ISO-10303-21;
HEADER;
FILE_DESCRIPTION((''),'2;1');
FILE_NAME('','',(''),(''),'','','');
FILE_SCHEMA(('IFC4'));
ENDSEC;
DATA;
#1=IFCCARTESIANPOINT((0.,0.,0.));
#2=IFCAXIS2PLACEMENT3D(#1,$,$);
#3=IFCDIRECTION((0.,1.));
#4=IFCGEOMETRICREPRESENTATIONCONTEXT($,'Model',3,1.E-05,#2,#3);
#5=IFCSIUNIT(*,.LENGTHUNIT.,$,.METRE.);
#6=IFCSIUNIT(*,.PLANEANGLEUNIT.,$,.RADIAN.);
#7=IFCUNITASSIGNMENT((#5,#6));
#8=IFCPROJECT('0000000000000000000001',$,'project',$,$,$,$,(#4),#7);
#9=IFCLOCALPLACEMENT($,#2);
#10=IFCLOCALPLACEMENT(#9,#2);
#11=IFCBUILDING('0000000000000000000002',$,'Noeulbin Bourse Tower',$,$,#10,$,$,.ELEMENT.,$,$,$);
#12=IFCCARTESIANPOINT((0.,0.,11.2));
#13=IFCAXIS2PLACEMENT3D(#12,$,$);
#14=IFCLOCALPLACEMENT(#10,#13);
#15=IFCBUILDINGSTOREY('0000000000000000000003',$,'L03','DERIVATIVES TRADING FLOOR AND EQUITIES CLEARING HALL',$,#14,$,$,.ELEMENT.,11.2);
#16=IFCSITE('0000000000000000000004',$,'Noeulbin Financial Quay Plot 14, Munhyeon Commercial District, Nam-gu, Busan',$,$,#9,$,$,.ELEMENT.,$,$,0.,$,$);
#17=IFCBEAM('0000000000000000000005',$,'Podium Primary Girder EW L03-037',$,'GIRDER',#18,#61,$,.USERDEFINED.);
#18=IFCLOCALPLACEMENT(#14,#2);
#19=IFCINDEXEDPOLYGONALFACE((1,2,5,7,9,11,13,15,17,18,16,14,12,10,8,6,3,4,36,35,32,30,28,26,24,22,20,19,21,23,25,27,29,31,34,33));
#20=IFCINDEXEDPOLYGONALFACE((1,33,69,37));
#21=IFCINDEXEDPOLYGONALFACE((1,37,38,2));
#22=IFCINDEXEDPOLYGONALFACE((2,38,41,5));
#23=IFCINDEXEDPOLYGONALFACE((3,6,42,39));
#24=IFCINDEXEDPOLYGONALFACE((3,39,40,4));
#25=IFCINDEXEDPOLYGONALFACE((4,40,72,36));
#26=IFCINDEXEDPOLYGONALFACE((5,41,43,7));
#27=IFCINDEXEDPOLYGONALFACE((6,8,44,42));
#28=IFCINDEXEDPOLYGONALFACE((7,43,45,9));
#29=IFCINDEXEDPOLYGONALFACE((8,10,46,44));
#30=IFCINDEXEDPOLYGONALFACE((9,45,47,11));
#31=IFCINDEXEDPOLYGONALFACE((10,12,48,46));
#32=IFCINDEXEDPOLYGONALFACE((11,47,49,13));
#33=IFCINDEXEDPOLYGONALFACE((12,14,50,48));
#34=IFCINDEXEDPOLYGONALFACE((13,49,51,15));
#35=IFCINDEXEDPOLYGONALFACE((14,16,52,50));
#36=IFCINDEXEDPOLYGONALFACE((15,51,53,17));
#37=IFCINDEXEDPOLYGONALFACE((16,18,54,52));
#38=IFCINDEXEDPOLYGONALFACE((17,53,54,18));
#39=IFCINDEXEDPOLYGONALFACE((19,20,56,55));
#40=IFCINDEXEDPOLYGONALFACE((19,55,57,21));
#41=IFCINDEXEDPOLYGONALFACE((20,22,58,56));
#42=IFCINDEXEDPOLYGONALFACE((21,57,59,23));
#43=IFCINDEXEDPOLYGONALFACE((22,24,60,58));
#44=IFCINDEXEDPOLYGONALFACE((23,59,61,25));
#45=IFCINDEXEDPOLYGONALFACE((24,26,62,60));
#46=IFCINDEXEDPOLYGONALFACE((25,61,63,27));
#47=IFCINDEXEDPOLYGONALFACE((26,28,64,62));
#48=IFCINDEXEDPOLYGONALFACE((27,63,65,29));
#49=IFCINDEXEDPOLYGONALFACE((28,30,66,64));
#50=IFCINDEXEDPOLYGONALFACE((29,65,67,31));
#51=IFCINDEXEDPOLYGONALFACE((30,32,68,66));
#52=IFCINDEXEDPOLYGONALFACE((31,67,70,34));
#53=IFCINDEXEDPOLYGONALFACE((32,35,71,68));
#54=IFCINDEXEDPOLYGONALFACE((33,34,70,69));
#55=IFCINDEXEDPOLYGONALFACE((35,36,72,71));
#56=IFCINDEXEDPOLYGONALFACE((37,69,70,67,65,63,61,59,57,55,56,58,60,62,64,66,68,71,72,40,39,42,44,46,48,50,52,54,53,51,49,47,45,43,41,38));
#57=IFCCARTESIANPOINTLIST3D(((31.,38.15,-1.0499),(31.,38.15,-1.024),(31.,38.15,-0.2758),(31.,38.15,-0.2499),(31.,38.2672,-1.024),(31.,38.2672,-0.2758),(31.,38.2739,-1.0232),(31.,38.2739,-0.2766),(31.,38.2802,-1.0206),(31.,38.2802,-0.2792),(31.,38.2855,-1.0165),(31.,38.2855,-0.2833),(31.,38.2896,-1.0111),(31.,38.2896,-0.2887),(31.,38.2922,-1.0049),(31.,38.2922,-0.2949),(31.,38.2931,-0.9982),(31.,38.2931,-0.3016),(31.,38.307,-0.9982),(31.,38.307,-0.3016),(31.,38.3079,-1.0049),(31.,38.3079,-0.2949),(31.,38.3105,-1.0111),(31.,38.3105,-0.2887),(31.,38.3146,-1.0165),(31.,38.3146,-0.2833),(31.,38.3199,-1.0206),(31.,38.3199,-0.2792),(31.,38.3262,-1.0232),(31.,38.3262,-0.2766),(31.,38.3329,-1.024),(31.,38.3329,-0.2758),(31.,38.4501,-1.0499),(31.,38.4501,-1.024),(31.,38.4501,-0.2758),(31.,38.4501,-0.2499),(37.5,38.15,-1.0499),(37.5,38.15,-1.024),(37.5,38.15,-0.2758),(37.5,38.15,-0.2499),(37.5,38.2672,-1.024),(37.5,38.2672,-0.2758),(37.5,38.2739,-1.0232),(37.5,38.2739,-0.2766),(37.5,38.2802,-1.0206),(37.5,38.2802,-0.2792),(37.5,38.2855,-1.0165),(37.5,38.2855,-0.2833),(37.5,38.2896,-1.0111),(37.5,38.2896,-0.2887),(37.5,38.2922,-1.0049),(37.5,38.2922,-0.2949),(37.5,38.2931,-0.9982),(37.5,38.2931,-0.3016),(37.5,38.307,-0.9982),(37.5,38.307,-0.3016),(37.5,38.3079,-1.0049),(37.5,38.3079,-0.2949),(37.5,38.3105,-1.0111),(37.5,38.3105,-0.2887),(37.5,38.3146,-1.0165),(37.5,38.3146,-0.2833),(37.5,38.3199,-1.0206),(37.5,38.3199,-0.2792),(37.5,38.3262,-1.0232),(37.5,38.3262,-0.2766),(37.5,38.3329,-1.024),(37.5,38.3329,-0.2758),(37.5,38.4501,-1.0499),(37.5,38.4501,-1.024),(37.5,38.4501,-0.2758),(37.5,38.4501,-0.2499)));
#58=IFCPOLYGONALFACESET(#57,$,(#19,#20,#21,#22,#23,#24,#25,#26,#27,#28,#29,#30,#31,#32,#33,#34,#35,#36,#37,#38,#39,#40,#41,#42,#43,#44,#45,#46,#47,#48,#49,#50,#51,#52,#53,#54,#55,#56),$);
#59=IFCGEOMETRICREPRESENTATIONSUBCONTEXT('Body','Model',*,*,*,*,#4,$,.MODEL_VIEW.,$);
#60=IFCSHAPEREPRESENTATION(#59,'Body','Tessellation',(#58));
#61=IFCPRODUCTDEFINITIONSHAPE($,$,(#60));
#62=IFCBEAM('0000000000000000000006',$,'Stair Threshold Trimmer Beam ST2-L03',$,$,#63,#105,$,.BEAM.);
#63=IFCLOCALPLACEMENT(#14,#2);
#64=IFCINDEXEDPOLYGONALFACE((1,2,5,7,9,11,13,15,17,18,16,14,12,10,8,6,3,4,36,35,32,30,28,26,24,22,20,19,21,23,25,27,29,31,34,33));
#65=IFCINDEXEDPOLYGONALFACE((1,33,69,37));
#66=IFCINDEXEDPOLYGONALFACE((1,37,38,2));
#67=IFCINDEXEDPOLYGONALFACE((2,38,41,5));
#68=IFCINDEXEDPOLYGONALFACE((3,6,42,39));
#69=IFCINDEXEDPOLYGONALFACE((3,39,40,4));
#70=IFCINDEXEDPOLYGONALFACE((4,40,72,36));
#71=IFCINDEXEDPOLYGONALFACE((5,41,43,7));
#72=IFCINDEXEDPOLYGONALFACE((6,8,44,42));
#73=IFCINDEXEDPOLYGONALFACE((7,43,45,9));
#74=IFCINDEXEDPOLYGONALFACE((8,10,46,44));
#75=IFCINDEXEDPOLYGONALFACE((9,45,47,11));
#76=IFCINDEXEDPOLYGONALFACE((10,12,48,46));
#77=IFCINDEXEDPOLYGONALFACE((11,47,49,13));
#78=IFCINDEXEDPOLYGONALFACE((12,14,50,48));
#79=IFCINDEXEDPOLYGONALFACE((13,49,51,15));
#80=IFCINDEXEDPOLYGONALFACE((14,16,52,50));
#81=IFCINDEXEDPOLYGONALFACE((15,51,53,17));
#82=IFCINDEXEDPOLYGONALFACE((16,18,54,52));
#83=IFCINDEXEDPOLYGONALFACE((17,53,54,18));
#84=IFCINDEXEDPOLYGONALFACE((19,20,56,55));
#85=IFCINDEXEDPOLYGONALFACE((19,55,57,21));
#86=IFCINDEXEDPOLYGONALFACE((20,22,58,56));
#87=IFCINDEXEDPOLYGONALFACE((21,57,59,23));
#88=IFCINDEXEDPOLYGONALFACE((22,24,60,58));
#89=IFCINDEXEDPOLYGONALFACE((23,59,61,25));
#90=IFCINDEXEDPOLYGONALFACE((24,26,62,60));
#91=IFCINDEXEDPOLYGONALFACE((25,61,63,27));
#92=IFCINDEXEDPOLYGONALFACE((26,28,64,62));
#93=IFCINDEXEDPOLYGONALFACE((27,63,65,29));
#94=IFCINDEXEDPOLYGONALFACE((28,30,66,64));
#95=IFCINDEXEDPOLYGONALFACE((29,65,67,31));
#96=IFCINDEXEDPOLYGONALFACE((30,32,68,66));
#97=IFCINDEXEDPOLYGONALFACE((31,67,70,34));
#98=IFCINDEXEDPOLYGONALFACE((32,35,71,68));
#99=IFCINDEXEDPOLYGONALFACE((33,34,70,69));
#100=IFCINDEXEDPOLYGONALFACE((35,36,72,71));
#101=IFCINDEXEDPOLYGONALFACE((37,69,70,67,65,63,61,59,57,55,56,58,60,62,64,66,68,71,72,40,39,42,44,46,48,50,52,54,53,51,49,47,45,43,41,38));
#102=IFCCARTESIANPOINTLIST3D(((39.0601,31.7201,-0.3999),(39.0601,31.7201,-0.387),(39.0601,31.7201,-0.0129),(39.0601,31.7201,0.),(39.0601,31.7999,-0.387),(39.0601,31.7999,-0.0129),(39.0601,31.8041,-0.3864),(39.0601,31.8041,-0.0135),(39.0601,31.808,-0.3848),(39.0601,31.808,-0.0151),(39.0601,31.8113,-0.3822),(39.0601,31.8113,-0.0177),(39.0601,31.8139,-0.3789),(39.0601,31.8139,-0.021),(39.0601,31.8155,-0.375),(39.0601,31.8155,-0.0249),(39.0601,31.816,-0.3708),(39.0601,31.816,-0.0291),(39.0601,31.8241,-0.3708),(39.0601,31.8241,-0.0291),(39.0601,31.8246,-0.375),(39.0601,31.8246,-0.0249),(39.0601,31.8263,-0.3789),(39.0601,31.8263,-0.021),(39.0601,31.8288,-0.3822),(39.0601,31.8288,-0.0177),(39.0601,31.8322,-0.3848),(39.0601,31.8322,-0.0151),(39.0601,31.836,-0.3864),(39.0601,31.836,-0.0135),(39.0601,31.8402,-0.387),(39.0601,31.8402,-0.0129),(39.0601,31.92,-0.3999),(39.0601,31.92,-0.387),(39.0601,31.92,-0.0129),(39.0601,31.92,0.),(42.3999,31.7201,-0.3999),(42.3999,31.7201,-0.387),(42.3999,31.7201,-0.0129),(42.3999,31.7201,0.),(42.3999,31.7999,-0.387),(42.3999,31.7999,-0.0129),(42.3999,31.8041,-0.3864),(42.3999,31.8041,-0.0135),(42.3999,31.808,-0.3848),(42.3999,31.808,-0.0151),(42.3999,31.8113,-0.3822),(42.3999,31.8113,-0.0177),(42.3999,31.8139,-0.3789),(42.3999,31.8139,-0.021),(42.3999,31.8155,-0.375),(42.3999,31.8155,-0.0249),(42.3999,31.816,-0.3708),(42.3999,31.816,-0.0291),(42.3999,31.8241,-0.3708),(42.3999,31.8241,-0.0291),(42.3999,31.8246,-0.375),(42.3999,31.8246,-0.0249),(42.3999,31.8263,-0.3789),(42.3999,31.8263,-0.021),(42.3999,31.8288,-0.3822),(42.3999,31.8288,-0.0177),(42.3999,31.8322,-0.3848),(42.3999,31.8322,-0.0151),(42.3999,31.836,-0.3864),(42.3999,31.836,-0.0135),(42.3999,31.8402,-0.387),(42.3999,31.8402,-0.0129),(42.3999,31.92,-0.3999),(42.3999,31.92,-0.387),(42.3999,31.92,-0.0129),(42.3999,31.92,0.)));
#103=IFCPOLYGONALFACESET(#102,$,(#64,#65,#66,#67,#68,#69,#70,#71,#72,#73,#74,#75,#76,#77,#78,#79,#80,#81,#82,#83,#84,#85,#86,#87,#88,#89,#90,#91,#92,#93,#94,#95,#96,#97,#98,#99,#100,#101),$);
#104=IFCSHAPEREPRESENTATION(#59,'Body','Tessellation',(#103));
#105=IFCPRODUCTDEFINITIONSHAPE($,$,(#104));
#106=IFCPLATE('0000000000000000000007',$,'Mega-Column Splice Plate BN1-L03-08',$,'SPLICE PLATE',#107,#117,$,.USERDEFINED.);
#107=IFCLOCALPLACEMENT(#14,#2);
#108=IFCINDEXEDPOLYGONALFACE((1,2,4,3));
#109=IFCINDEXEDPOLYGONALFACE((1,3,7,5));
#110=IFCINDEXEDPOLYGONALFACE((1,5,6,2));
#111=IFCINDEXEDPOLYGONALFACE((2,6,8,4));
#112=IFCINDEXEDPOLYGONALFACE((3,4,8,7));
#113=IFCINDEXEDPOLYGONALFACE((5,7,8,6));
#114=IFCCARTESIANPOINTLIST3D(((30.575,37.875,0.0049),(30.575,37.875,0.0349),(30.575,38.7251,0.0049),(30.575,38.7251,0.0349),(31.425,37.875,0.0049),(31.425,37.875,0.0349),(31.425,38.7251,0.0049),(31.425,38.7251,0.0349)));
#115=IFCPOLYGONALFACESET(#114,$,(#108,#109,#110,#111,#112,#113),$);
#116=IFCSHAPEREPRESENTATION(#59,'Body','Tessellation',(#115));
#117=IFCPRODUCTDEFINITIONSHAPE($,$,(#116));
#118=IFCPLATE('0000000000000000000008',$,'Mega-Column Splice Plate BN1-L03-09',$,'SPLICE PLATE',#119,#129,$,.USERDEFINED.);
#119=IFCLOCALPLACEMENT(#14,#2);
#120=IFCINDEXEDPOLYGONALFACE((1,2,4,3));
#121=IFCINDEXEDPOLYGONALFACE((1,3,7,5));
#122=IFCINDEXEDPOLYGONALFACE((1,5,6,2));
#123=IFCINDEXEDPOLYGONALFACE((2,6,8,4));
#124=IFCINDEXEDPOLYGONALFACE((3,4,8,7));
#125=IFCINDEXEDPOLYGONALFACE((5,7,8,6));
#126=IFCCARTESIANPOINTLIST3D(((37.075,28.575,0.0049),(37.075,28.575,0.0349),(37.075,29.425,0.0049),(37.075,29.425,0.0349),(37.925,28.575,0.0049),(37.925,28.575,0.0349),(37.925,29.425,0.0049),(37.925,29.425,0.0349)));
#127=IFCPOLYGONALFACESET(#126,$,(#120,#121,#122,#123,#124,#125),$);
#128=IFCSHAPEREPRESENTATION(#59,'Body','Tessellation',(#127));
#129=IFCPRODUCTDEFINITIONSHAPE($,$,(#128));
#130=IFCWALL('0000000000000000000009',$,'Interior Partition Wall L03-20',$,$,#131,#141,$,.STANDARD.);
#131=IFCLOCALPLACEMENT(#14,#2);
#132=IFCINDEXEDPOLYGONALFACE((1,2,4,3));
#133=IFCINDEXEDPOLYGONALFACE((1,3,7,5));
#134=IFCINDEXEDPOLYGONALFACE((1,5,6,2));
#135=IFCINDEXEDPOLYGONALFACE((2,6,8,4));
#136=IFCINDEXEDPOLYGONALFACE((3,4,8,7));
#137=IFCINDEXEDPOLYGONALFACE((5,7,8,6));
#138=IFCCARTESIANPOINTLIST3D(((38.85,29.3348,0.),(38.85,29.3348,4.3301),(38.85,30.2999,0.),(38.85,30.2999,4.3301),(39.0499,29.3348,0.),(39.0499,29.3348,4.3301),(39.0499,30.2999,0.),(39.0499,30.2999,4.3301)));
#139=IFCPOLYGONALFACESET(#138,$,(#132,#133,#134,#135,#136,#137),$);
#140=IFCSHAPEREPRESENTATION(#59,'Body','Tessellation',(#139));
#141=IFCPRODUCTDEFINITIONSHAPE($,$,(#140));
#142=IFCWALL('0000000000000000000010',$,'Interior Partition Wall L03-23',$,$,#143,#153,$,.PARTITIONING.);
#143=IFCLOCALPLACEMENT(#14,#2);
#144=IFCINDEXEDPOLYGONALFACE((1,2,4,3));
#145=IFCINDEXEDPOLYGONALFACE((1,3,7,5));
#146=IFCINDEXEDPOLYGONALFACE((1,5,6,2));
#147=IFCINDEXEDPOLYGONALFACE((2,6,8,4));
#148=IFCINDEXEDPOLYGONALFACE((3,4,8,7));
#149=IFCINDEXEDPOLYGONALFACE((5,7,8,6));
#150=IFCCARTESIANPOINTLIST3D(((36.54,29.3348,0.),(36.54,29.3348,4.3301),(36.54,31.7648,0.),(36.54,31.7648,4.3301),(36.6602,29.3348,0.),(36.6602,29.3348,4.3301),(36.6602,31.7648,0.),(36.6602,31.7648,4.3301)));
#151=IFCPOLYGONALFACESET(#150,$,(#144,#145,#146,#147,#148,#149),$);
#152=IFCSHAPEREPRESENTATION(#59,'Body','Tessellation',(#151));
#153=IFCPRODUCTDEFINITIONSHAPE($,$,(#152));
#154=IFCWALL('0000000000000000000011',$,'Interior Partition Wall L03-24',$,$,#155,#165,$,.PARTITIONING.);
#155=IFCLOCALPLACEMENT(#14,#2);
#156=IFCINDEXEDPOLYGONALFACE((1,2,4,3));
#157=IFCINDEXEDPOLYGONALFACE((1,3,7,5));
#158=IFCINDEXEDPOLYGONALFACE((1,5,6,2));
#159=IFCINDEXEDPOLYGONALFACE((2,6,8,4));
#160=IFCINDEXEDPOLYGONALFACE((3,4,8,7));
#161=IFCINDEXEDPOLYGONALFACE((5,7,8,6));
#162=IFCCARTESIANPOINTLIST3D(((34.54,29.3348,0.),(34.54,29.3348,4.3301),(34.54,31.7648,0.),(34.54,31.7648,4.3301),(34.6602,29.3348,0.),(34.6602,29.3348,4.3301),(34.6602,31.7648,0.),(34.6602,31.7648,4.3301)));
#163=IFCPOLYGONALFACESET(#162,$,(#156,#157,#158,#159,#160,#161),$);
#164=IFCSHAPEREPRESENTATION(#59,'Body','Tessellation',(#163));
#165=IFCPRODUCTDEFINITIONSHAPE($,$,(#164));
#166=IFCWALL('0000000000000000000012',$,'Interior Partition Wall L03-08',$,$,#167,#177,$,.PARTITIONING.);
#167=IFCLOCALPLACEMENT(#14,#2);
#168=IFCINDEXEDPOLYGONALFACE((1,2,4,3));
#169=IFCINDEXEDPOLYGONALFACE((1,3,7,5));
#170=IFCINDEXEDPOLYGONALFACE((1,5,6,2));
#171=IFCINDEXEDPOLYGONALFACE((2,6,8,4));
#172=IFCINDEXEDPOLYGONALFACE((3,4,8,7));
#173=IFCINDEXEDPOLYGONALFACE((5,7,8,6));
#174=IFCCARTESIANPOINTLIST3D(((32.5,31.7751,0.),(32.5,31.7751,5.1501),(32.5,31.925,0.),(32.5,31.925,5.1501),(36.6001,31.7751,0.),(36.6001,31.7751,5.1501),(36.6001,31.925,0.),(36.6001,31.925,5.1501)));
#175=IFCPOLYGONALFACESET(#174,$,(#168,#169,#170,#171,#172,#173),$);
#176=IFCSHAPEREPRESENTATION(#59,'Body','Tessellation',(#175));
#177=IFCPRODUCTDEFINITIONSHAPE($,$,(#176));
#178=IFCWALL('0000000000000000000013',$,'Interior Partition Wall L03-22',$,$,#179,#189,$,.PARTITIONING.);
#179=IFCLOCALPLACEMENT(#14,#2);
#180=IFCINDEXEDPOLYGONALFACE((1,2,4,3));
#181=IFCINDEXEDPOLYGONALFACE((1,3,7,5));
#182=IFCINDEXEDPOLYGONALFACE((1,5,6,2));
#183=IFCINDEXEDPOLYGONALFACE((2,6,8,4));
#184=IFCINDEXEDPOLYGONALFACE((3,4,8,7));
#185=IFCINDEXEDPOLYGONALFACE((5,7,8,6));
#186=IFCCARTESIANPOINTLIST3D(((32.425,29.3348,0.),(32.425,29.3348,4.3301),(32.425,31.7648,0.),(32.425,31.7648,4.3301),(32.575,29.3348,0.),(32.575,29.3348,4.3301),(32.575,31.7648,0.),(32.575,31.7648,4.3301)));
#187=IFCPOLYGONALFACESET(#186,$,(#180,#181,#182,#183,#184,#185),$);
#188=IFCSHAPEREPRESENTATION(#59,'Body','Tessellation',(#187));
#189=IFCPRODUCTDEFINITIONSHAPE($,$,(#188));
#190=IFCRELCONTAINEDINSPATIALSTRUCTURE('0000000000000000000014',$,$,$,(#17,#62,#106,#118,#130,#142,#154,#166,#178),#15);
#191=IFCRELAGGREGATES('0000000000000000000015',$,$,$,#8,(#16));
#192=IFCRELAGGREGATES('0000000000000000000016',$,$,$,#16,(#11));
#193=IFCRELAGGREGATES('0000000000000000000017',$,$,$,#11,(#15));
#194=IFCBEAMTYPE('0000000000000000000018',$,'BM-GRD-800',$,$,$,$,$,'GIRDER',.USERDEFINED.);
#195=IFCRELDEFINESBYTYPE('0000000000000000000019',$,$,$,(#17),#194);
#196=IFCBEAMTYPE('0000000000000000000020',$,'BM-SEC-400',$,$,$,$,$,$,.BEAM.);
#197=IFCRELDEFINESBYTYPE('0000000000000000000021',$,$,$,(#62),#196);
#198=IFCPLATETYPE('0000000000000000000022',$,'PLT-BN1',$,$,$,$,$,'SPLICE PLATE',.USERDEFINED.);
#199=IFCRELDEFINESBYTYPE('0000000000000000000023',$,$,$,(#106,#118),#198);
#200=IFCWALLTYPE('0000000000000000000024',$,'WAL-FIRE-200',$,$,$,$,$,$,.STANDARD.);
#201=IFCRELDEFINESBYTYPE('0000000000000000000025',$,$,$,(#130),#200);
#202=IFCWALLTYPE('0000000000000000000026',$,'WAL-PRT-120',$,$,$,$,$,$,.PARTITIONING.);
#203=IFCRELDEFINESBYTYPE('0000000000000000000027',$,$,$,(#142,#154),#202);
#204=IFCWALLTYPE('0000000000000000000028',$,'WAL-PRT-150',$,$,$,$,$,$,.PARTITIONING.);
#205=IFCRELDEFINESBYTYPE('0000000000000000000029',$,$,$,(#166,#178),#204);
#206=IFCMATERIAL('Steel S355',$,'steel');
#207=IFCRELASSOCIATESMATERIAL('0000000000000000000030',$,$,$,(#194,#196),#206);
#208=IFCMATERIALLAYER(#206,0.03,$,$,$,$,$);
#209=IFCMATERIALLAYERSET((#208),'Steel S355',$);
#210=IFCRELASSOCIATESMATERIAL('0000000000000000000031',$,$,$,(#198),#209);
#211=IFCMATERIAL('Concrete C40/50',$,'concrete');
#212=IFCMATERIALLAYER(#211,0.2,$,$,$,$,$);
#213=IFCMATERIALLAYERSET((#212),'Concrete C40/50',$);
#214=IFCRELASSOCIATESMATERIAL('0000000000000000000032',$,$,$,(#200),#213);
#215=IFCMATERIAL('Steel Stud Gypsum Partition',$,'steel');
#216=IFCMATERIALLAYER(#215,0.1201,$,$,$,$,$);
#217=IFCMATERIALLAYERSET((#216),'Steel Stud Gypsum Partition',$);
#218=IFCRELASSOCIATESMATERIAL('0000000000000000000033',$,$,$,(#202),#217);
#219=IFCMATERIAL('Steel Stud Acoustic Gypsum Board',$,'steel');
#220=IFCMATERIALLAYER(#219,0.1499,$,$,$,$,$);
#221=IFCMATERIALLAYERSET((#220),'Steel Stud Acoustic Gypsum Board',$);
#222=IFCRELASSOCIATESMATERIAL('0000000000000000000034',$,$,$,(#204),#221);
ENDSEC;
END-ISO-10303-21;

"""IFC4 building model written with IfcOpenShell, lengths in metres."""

from ifc_helpers import new_model, si_unit, direction, frame, frame_2d, origin, origin_2d, place, context, subcontext, project, spatial, rectangle, i_section, extrude, material, layer, layer_set, material_profile, profile_set, type_object, element, save


model = new_model("IFC4")

# Units and contexts
model_context = context("Model", 3, precision=1e-05, world=origin(), true_north=direction((0.0, 1.0)))
body_context = subcontext(model_context, "Body", "Model", "MODEL_VIEW")
ifc_project = project(units=[si_unit("LENGTHUNIT", "METRE"), si_unit("PLANEANGLEUNIT", "RADIAN")], contexts=[model_context])

# Site, building, storey
site_placement = place(None, origin())
site = spatial("IfcSite", under=ifc_project, at=site_placement, Name="Noeulbin Financial Quay Plot 14, Munhyeon Commercial District, Nam-gu, Busan", CompositionType="ELEMENT", RefElevation=0.0)
building_placement = place(site_placement, origin())
building = spatial("IfcBuilding", under=site, at=building_placement, Name="Noeulbin Bourse Tower", CompositionType="ELEMENT")
storey_placement = place(building_placement, frame((0.0, 0.0, 11.2)))
storey = spatial("IfcBuildingStorey", under=building, at=storey_placement, Name="L03", Description="DERIVATIVES TRADING FLOOR AND EQUITIES CLEARING HALL", CompositionType="ELEMENT", Elevation=11.2)

# Beams
ifc_material_1 = material(Name="Steel S355", Category="steel")
ifc_material_profile_1 = material_profile(ifc_material_1, i_section(OverallWidth=0.3, OverallDepth=0.8, WebThickness=0.0139, FlangeThickness=0.0259, FilletRadius=0.0259, at=origin_2d()), Name="H-800x300x14x26", Category="LoadBearing")
ifc_profile_set_1 = profile_set([ifc_material_profile_1], Name="Steel S355")
beam_type_1 = type_object("IfcBeamType", Name="BM-GRD-800", ElementType="GIRDER", PredefinedType="USERDEFINED", material=ifc_profile_set_1)
for number, where, z_axis, x_axis, name in (
    (1, (31.0, 38.3, -0.6499), (1.0, 0.0, 0.0), (0.0, 1.0, 0.0), "Podium Primary Girder EW L03-037"),
):
    element("IfcBeam", number, at=place(storey_placement, frame(where, z_axis=z_axis, x_axis=x_axis)), inside=storey, type_object=beam_type_1, Name=name, ObjectType="GIRDER", PredefinedType="USERDEFINED", context=body_context, shape_type="SweptSolid", body=[
        extrude(i_section(OverallWidth=0.3, OverallDepth=0.8, WebThickness=0.0139, FlangeThickness=0.0259, FilletRadius=0.0259, at=origin_2d()), origin(), (0.0, 0.0, 1.0), 6.5),
    ])
ifc_material_profile_2 = material_profile(ifc_material_1, i_section(OverallWidth=0.2, OverallDepth=0.3999, WebThickness=0.0081, FlangeThickness=0.0129, FilletRadius=0.0161, at=origin_2d()), Name="H-400x200x8x13", Category="LoadBearing")
ifc_profile_set_2 = profile_set([ifc_material_profile_2], Name="Steel S355")
beam_type_2 = type_object("IfcBeamType", Name="BM-SEC-400", PredefinedType="BEAM", material=ifc_profile_set_2)
beam_placement = place(storey_placement, frame((39.0601, 31.8201, -0.2), z_axis=(1.0, 0.0, 0.0), x_axis=(0.0, 1.0, 0.0)))
element("IfcBeam", 2, at=beam_placement, inside=storey, type_object=beam_type_2, Name="Stair Threshold Trimmer Beam ST2-L03", PredefinedType="BEAM", context=body_context, shape_type="SweptSolid", body=[
    extrude(i_section(OverallWidth=0.2, OverallDepth=0.3999, WebThickness=0.0081, FlangeThickness=0.0129, FilletRadius=0.0161, at=origin_2d()), origin(), (0.0, 0.0, 1.0), 3.3398),
])

# Plates
ifc_layer_1 = layer(ifc_material_1, 0.03)
ifc_layer_set_1 = layer_set([ifc_layer_1], Name="Steel S355")
plate_type = type_object("IfcPlateType", Name="PLT-BN1", ElementType="SPLICE PLATE", PredefinedType="USERDEFINED", material=ifc_layer_set_1)
for number, where, z_axis, x_axis, name in (
    (3, (31.0, 38.3, 0.0049), (0.0, 0.0, 1.0), (1.0, 0.0, 0.0), "Mega-Column Splice Plate BN1-L03-08"),
    (4, (37.5, 29.0, 0.0049), (0.0, 0.0, 1.0), (1.0, 0.0, 0.0), "Mega-Column Splice Plate BN1-L03-09"),
):
    element("IfcPlate", number, at=place(storey_placement, frame(where, z_axis=z_axis, x_axis=x_axis)), inside=storey, type_object=plate_type, Name=name, ObjectType="SPLICE PLATE", PredefinedType="USERDEFINED", context=body_context, shape_type="SweptSolid", body=[
        extrude(rectangle(XDim=0.8501, YDim=0.8501, at=origin_2d()), origin(), (0.0, 0.0, 1.0), 0.03),
    ])

# Walls
ifc_material_2 = material(Name="Concrete C40/50", Category="concrete")
ifc_layer_2 = layer(ifc_material_2, 0.2)
ifc_layer_set_2 = layer_set([ifc_layer_2], Name="Concrete C40/50")
wall_type_1 = type_object("IfcWallType", Name="WAL-FIRE-200", PredefinedType="STANDARD", material=ifc_layer_set_2)
wall_1_placement = place(storey_placement, frame((38.95, 29.335, 0.0), z_axis=(0.0, 0.0, 1.0), x_axis=(0.0, 1.0, 0.0)))
element("IfcWall", 5, at=wall_1_placement, inside=storey, type_object=wall_type_1, Name="Interior Partition Wall L03-20", PredefinedType="STANDARD", context=body_context, shape_type="SweptSolid", body=[
    extrude(rectangle(XDim=0.9651, YDim=0.2, at=frame_2d((0.4824, 0.0))), origin(), (0.0, 0.0, 1.0), 4.3301),
])
ifc_material_3 = material(Name="Steel Stud Gypsum Partition", Category="steel")
ifc_layer_3 = layer(ifc_material_3, 0.1201)
ifc_layer_set_3 = layer_set([ifc_layer_3], Name="Steel Stud Gypsum Partition")
wall_type_2 = type_object("IfcWallType", Name="WAL-PRT-120", PredefinedType="PARTITIONING", material=ifc_layer_set_3)
for number, where, z_axis, x_axis, name in (
    (6, (36.6001, 29.335, 0.0), (0.0, 0.0, 1.0), (0.0, 1.0, 0.0), "Interior Partition Wall L03-23"),
    (7, (34.6001, 29.335, 0.0), (0.0, 0.0, 1.0), (0.0, 1.0, 0.0), "Interior Partition Wall L03-24"),
):
    element("IfcWall", number, at=place(storey_placement, frame(where, z_axis=z_axis, x_axis=x_axis)), inside=storey, type_object=wall_type_2, Name=name, PredefinedType="PARTITIONING", context=body_context, shape_type="SweptSolid", body=[
        extrude(rectangle(XDim=2.4299, YDim=0.1201, at=frame_2d((1.2148, 0.0))), origin(), (0.0, 0.0, 1.0), 4.3301),
    ])
ifc_material_4 = material(Name="Steel Stud Acoustic Gypsum Board", Category="steel")
ifc_layer_4 = layer(ifc_material_4, 0.1499)
ifc_layer_set_4 = layer_set([ifc_layer_4], Name="Steel Stud Acoustic Gypsum Board")
wall_type_3 = type_object("IfcWallType", Name="WAL-PRT-150", PredefinedType="PARTITIONING", material=ifc_layer_set_4)
wall_2_placement = place(storey_placement, frame((32.5, 31.8501, 0.0), z_axis=(0.0, 0.0, 1.0), x_axis=(1.0, 0.0, 0.0)))
element("IfcWall", 8, at=wall_2_placement, inside=storey, type_object=wall_type_3, Name="Interior Partition Wall L03-08", PredefinedType="PARTITIONING", context=body_context, shape_type="SweptSolid", body=[
    extrude(rectangle(XDim=4.1001, YDim=0.1499, at=frame_2d((2.05, 0.0))), origin(), (0.0, 0.0, 1.0), 5.1501),
])
wall_3_placement = place(storey_placement, frame((32.5, 29.335, 0.0), z_axis=(0.0, 0.0, 1.0), x_axis=(0.0, 1.0, 0.0)))
element("IfcWall", 9, at=wall_3_placement, inside=storey, type_object=wall_type_3, Name="Interior Partition Wall L03-22", PredefinedType="PARTITIONING", context=body_context, shape_type="SweptSolid", body=[
    extrude(rectangle(XDim=2.4299, YDim=0.1499, at=frame_2d((1.2148, 0.0))), origin(), (0.0, 0.0, 1.0), 4.3301),
])

save(model, "model.ifc")
